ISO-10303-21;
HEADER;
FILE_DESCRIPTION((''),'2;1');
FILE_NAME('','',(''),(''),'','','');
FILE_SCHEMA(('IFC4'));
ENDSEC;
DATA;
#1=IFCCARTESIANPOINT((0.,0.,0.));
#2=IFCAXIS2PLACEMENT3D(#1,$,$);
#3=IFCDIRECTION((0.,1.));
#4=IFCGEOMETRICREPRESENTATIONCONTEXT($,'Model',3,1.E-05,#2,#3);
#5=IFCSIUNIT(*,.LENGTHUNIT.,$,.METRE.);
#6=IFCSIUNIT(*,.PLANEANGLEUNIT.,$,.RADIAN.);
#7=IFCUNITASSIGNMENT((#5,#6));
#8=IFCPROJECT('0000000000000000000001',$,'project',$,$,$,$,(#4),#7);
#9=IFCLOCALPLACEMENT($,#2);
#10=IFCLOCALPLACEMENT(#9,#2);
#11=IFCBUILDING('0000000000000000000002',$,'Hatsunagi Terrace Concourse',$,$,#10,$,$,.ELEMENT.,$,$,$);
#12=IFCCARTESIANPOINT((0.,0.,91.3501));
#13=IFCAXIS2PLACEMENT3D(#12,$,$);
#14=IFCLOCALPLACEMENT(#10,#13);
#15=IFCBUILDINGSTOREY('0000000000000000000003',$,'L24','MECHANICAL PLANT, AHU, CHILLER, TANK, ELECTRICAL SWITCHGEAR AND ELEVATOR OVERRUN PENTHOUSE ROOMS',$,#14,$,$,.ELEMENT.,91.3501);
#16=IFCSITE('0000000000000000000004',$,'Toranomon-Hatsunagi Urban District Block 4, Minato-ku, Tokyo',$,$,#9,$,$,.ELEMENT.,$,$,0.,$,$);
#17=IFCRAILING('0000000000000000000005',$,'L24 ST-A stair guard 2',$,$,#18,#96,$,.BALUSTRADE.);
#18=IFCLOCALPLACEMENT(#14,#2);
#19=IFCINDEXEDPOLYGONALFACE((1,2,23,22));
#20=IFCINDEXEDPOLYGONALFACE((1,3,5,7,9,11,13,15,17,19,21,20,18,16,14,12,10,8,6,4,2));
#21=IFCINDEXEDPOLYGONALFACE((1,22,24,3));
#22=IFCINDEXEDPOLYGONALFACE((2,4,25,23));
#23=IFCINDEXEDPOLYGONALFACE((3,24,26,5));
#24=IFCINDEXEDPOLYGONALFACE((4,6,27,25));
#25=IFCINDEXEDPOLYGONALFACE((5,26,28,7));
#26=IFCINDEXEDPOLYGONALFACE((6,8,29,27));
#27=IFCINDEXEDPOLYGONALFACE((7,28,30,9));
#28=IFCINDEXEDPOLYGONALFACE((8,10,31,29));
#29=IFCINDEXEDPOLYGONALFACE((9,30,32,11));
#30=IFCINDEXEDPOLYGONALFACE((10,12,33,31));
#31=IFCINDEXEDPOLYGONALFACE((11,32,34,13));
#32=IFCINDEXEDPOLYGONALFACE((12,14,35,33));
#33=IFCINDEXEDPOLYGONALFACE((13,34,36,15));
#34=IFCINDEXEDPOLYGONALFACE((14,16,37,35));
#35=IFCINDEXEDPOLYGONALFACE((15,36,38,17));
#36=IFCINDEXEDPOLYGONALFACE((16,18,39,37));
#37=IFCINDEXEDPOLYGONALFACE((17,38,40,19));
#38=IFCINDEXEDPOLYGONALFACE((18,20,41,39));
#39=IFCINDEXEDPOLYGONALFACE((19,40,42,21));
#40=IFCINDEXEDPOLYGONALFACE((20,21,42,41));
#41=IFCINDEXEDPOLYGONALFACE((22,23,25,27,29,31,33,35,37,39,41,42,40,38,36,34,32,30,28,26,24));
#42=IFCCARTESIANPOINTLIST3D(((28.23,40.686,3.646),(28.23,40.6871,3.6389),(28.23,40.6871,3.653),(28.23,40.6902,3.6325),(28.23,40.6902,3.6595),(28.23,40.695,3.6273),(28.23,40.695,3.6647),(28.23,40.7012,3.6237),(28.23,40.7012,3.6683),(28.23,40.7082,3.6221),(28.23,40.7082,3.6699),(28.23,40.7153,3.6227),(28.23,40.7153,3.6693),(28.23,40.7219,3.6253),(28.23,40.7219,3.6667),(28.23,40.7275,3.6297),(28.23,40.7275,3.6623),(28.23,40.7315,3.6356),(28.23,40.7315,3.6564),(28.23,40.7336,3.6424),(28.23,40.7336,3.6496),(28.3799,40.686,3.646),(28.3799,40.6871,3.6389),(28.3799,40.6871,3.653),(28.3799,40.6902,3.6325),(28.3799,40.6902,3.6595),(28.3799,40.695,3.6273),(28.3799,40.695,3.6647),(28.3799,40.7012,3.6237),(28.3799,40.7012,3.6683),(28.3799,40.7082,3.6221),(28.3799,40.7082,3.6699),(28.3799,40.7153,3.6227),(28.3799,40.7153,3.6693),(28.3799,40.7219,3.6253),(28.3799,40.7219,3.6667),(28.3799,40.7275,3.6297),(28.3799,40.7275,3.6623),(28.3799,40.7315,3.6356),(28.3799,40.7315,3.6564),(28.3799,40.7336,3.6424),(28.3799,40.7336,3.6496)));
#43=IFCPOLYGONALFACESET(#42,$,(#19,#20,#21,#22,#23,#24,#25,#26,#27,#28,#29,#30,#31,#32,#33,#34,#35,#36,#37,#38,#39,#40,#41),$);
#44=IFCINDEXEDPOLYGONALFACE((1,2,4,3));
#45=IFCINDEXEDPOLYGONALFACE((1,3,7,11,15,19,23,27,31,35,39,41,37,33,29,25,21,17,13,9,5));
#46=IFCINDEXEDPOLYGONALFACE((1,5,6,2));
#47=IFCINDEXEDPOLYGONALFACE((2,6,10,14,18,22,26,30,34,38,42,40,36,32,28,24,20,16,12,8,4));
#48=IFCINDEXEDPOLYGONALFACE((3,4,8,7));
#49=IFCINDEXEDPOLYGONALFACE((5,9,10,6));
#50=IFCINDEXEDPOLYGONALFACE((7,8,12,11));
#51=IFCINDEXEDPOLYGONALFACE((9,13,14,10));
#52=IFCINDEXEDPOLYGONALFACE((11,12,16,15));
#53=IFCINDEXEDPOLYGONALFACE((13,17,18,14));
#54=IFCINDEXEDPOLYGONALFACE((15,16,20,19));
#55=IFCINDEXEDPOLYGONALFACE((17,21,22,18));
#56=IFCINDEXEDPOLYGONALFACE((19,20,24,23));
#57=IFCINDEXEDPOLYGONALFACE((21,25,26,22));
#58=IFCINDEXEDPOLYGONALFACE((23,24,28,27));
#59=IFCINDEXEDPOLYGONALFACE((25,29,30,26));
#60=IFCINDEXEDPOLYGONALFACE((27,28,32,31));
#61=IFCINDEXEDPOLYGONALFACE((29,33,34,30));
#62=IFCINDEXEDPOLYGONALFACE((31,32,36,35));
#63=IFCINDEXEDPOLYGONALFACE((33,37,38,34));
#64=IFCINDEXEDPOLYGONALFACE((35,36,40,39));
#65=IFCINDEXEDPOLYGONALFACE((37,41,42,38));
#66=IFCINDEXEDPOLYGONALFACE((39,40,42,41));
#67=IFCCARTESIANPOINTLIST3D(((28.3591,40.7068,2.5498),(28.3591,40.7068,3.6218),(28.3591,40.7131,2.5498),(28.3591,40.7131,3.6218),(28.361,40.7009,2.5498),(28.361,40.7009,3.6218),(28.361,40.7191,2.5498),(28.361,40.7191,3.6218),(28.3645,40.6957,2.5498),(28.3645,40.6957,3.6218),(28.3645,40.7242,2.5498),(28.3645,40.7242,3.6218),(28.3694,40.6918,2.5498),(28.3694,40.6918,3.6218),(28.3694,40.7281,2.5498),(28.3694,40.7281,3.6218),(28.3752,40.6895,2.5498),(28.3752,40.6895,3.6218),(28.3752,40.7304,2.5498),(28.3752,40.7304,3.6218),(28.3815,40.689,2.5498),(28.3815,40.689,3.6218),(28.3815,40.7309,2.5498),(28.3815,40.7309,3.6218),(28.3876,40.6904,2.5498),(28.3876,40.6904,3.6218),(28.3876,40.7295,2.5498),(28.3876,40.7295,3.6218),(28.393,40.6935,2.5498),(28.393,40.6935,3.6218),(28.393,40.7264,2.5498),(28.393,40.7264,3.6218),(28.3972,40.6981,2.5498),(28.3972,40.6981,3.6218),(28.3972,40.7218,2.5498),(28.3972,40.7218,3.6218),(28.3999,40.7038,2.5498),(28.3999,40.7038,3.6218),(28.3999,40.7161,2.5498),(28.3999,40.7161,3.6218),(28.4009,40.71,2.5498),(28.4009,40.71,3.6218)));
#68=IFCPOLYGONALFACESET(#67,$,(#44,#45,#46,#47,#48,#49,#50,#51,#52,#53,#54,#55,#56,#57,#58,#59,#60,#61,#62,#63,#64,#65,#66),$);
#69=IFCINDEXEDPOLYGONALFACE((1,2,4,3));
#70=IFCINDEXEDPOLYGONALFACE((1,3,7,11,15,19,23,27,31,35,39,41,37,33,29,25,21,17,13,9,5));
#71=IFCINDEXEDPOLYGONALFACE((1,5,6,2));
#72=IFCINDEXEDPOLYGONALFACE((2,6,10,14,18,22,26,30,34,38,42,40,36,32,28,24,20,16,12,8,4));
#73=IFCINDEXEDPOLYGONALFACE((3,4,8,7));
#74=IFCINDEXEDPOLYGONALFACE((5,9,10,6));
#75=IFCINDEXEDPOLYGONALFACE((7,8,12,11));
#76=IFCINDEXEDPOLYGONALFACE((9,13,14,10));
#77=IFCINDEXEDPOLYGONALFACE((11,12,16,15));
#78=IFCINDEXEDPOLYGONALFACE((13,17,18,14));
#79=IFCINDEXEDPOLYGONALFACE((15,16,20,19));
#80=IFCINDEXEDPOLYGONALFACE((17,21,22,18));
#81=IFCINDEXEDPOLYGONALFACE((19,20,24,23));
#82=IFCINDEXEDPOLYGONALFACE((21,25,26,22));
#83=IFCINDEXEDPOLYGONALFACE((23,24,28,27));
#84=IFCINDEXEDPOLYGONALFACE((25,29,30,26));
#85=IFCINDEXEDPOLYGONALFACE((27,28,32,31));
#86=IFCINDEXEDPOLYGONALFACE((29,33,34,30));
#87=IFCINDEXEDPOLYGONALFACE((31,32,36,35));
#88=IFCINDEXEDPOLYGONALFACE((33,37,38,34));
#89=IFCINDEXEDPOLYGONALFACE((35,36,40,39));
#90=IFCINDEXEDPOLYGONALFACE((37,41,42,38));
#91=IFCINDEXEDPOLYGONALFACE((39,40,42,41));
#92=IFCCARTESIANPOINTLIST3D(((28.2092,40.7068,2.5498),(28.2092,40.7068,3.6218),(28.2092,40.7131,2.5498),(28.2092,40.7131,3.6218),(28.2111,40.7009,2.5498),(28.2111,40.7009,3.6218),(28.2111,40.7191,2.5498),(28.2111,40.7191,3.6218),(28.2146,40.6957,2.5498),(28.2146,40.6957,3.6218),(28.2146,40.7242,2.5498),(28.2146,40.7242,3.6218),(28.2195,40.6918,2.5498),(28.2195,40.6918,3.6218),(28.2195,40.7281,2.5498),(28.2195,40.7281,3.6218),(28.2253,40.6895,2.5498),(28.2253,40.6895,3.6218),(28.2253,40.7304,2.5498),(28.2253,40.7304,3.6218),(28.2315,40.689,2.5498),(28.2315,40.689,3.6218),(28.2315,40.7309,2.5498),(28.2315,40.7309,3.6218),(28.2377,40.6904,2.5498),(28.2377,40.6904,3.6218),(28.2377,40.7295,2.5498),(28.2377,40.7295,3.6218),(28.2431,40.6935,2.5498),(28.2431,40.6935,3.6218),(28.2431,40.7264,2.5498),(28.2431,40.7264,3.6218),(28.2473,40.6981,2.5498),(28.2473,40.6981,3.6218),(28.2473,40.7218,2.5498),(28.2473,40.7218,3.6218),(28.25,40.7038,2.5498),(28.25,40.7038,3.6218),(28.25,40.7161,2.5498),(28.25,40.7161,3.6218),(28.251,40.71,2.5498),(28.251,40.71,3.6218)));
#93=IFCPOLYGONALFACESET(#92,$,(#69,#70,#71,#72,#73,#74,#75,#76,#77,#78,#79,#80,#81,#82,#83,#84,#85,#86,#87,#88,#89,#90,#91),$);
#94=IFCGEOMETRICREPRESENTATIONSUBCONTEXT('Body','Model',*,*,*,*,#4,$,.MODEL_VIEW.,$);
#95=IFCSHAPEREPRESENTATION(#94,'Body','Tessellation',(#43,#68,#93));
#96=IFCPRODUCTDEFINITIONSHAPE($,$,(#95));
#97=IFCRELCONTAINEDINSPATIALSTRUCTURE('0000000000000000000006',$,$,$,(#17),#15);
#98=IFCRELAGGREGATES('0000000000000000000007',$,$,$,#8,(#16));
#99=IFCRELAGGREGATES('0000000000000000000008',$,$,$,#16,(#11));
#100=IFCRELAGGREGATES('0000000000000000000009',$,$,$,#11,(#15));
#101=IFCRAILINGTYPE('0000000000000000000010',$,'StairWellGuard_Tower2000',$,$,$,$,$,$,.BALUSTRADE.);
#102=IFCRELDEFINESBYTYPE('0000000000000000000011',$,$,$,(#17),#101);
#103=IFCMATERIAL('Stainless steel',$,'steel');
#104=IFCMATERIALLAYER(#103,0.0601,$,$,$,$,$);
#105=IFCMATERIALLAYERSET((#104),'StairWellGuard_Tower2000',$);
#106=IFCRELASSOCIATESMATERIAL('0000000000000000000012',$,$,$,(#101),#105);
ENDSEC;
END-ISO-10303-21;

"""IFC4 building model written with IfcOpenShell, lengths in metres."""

from ifc_helpers import new_model, si_unit, direction, frame, origin, origin_2d, place, context, subcontext, project, spatial, circle, extrude, material, layer, layer_set, type_object, element, save


model = new_model("IFC4")

# Units and contexts
model_context = context("Model", 3, precision=1e-05, world=origin(), true_north=direction((0.0, 1.0)))
body_context = subcontext(model_context, "Body", "Model", "MODEL_VIEW")
ifc_project = project(units=[si_unit("LENGTHUNIT", "METRE"), si_unit("PLANEANGLEUNIT", "RADIAN")], contexts=[model_context])

# Site, building, storey
site_placement = place(None, origin())
site = spatial("IfcSite", under=ifc_project, at=site_placement, Name="Toranomon-Hatsunagi Urban District Block 4, Minato-ku, Tokyo", CompositionType="ELEMENT", RefElevation=0.0)
building_placement = place(site_placement, origin())
building = spatial("IfcBuilding", under=site, at=building_placement, Name="Hatsunagi Terrace Concourse", CompositionType="ELEMENT")
storey_placement = place(building_placement, frame((0.0, 0.0, 91.3501)))
storey = spatial("IfcBuildingStorey", under=building, at=storey_placement, Name="L24", Description="MECHANICAL PLANT, AHU, CHILLER, TANK, ELECTRICAL SWITCHGEAR AND ELEVATOR OVERRUN PENTHOUSE ROOMS", CompositionType="ELEMENT", Elevation=91.3501)

# Railing
ifc_material_1 = material(Name="Stainless steel", Category="steel")
ifc_layer_1 = layer(ifc_material_1, 0.0601)
ifc_layer_set_1 = layer_set([ifc_layer_1], Name="StairWellGuard_Tower2000")
railing_type_1 = type_object("IfcRailingType", Name="StairWellGuard_Tower2000", PredefinedType="BALUSTRADE", material=ifc_layer_set_1)
railing_1_placement = place(storey_placement, frame((28.3799, 40.71, 2.5498)))
element("IfcRailing", 1, at=railing_1_placement, inside=storey, type_object=railing_type_1, Name="L24 ST-A stair guard 2", PredefinedType="BALUSTRADE", context=body_context, shape_type="SweptSolid", body=[
    extrude(circle(Radius=0.0239, at=origin_2d()), frame((0.0, 0.0, 1.0962), z_axis=(-1.0, 0.0, 0.0), x_axis=(0.0, -1.0, 0.0)), (0.0, 0.0, 1.0), 0.1499),
    extrude(circle(Radius=0.021, at=origin_2d()), origin(), (0.0, 0.0, 1.0), 1.072),
    extrude(circle(Radius=0.021, at=origin_2d()), frame((-0.1499, 0.0, 0.0)), (0.0, 0.0, 1.0), 1.072),
])

save(model, "model.ifc")
